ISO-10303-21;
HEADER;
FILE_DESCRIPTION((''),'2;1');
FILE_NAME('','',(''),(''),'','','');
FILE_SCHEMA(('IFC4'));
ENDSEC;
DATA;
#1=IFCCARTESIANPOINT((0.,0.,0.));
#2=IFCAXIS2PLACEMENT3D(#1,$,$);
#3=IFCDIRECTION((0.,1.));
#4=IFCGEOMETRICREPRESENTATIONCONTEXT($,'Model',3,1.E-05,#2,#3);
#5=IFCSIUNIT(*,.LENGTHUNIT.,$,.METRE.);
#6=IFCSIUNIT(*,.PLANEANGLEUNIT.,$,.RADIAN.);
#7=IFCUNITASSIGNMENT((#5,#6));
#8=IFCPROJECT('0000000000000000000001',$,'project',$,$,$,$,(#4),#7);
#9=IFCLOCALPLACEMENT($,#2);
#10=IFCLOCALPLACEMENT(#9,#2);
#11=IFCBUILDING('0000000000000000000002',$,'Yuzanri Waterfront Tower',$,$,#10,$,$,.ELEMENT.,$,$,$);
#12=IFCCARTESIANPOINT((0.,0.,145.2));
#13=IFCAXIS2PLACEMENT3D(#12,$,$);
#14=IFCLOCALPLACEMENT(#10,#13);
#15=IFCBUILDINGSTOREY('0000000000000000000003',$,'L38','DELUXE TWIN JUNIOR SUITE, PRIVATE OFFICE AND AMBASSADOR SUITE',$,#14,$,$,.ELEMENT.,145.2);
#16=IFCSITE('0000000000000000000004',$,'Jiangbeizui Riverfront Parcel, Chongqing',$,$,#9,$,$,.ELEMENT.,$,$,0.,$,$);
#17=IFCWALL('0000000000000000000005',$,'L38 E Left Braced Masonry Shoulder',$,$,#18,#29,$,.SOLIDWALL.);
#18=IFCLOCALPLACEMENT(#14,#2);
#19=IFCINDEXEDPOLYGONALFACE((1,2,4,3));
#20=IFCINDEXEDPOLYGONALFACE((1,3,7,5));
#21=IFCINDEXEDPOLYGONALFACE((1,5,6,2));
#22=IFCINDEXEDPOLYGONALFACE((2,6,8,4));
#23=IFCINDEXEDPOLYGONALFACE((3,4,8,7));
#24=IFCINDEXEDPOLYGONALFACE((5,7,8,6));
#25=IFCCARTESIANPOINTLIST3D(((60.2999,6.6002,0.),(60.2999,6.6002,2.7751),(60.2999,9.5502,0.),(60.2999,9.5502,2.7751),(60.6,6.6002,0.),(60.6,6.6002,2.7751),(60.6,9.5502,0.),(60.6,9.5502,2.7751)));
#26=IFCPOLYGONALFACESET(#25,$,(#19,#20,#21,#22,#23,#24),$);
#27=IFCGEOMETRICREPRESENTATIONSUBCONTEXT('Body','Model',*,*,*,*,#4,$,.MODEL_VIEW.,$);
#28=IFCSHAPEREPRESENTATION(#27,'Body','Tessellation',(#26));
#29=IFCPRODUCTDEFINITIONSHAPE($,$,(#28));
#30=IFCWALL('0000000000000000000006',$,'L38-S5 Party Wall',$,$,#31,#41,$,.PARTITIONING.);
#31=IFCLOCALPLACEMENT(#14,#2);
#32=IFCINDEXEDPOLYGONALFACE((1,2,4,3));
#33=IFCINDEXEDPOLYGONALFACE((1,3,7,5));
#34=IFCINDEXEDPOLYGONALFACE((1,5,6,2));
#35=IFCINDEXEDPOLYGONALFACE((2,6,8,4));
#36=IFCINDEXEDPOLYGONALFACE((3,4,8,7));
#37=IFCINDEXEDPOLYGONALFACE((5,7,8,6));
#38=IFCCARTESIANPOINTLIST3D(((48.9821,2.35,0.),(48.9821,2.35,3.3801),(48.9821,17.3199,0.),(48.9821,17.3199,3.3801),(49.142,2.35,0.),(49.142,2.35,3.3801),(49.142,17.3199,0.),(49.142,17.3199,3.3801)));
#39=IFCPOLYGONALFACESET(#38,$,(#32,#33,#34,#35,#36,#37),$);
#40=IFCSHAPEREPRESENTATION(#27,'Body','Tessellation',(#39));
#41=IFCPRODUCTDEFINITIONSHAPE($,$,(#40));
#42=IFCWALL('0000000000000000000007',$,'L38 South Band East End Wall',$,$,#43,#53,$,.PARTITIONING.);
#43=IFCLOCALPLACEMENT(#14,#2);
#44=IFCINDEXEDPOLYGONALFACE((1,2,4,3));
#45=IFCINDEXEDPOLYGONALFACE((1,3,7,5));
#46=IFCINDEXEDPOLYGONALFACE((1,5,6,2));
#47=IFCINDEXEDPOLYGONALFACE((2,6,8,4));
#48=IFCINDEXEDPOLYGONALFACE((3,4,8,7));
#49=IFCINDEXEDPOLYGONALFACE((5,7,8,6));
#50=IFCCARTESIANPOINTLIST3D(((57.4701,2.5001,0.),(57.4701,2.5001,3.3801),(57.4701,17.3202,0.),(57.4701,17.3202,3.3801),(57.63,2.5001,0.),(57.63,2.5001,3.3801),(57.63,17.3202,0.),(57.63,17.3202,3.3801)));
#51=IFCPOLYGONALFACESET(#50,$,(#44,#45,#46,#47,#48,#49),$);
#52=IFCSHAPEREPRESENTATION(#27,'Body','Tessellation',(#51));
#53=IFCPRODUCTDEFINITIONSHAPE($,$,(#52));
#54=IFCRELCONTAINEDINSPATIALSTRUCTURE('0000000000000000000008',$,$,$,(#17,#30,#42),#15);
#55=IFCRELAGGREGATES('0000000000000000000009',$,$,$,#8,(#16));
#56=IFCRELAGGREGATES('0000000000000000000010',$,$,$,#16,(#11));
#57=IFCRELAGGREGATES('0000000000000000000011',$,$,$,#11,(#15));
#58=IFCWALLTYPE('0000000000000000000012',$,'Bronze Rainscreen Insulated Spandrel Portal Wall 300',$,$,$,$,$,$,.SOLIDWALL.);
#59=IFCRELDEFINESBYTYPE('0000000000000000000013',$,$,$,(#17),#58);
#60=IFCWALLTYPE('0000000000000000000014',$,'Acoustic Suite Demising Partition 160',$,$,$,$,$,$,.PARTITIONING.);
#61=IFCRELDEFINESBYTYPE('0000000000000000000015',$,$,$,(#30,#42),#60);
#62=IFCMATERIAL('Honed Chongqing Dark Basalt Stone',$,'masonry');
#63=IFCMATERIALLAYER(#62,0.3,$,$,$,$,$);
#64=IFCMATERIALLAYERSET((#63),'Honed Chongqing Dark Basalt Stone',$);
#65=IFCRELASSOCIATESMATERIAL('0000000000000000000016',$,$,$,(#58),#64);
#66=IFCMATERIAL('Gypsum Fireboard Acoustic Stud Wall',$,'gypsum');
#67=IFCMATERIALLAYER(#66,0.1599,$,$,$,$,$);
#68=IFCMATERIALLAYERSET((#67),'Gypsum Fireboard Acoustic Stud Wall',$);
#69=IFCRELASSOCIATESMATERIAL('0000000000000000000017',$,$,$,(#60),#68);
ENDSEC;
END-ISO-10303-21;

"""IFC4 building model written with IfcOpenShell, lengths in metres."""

from ifc_helpers import new_model, si_unit, direction, frame, frame_2d, origin, place, context, subcontext, project, spatial, rectangle, extrude, source, transform, mapped, material, layer, layer_set, type_object, element, save


model = new_model("IFC4")

# Units and contexts
model_context = context("Model", 3, precision=1e-05, world=origin(), true_north=direction((0.0, 1.0)))
body_context = subcontext(model_context, "Body", "Model", "MODEL_VIEW")
ifc_project = project(units=[si_unit("LENGTHUNIT", "METRE"), si_unit("PLANEANGLEUNIT", "RADIAN")], contexts=[model_context])

# Site, building, storey
site_placement = place(None, origin())
site = spatial("IfcSite", under=ifc_project, at=site_placement, Name="Jiangbeizui Riverfront Parcel, Chongqing", CompositionType="ELEMENT", RefElevation=0.0)
building_placement = place(site_placement, origin())
building = spatial("IfcBuilding", under=site, at=building_placement, Name="Yuzanri Waterfront Tower", CompositionType="ELEMENT")
storey_placement = place(building_placement, frame((0.0, 0.0, 145.2)))
storey = spatial("IfcBuildingStorey", under=building, at=storey_placement, Name="L38", Description="DELUXE TWIN JUNIOR SUITE, PRIVATE OFFICE AND AMBASSADOR SUITE", CompositionType="ELEMENT", Elevation=145.2)

# Shared definitions
ifc_material_1 = material(Name="Honed Chongqing Dark Basalt Stone", Category="masonry")
ifc_layer_1 = layer(ifc_material_1, 0.3)
ifc_layer_set_1 = layer_set([ifc_layer_1], Name="Honed Chongqing Dark Basalt Stone")
wall_type_1 = type_object("IfcWallType", Name="Bronze Rainscreen Insulated Spandrel Portal Wall 300", PredefinedType="SOLIDWALL", material=ifc_layer_set_1)

# Walls
shared_shape_1 = source(origin(), body_context, "Body", "SweptSolid", [
    extrude(rectangle(XDim=2.95, YDim=0.3, at=frame_2d((1.4751, 0.0))), origin(), (0.0, 0.0, 1.0), 2.7751),
])
for number, where, z_axis, x_axis, name in (
    (1, (60.45, 6.6001, 0.0), (0.0, 0.0, 1.0), (0.0, 1.0, 0.0), "L38 E Left Braced Masonry Shoulder"),
):
    element("IfcWall", number, at=place(storey_placement, frame(where, z_axis=z_axis, x_axis=x_axis)), inside=storey, type_object=wall_type_1, Name=name, PredefinedType="SOLIDWALL", context=body_context, shape_type="MappedRepresentation", body=[
        mapped(shared_shape_1, transform((0.0, 0.0, 0.0), scale=1.0)),
    ])
ifc_material_2 = material(Name="Gypsum Fireboard Acoustic Stud Wall", Category="gypsum")
ifc_layer_2 = layer(ifc_material_2, 0.1599)
ifc_layer_set_2 = layer_set([ifc_layer_2], Name="Gypsum Fireboard Acoustic Stud Wall")
wall_type_2 = type_object("IfcWallType", Name="Acoustic Suite Demising Partition 160", PredefinedType="PARTITIONING", material=ifc_layer_set_2)
shared_shape_2 = source(origin(), body_context, "Body", "SweptSolid", [
    extrude(rectangle(XDim=14.97, YDim=0.1599, at=frame_2d((7.4849, 0.0))), origin(), (0.0, 0.0, 1.0), 3.3801),
])
wall_1_placement = place(storey_placement, frame((49.062, 2.3501, 0.0), z_axis=(0.0, 0.0, 1.0), x_axis=(0.0, 1.0, 0.0)))
element("IfcWall", 2, at=wall_1_placement, inside=storey, type_object=wall_type_2, Name="L38-S5 Party Wall", PredefinedType="PARTITIONING", context=body_context, shape_type="MappedRepresentation", body=[
    mapped(shared_shape_2, transform((0.0, 0.0, 0.0), scale=1.0)),
])
shared_shape_3 = source(origin(), body_context, "Body", "SweptSolid", [
    extrude(rectangle(XDim=14.8201, YDim=0.1599, at=frame_2d((7.4102, 0.0))), origin(), (0.0, 0.0, 1.0), 3.3801),
])
wall_2_placement = place(storey_placement, frame((57.55, 2.5, 0.0), z_axis=(0.0, 0.0, 1.0), x_axis=(0.0, 1.0, 0.0)))
element("IfcWall", 3, at=wall_2_placement, inside=storey, type_object=wall_type_2, Name="L38 South Band East End Wall", PredefinedType="PARTITIONING", context=body_context, shape_type="MappedRepresentation", body=[
    mapped(shared_shape_3, transform((0.0, 0.0, 0.0), scale=1.0)),
])

save(model, "model.ifc")
